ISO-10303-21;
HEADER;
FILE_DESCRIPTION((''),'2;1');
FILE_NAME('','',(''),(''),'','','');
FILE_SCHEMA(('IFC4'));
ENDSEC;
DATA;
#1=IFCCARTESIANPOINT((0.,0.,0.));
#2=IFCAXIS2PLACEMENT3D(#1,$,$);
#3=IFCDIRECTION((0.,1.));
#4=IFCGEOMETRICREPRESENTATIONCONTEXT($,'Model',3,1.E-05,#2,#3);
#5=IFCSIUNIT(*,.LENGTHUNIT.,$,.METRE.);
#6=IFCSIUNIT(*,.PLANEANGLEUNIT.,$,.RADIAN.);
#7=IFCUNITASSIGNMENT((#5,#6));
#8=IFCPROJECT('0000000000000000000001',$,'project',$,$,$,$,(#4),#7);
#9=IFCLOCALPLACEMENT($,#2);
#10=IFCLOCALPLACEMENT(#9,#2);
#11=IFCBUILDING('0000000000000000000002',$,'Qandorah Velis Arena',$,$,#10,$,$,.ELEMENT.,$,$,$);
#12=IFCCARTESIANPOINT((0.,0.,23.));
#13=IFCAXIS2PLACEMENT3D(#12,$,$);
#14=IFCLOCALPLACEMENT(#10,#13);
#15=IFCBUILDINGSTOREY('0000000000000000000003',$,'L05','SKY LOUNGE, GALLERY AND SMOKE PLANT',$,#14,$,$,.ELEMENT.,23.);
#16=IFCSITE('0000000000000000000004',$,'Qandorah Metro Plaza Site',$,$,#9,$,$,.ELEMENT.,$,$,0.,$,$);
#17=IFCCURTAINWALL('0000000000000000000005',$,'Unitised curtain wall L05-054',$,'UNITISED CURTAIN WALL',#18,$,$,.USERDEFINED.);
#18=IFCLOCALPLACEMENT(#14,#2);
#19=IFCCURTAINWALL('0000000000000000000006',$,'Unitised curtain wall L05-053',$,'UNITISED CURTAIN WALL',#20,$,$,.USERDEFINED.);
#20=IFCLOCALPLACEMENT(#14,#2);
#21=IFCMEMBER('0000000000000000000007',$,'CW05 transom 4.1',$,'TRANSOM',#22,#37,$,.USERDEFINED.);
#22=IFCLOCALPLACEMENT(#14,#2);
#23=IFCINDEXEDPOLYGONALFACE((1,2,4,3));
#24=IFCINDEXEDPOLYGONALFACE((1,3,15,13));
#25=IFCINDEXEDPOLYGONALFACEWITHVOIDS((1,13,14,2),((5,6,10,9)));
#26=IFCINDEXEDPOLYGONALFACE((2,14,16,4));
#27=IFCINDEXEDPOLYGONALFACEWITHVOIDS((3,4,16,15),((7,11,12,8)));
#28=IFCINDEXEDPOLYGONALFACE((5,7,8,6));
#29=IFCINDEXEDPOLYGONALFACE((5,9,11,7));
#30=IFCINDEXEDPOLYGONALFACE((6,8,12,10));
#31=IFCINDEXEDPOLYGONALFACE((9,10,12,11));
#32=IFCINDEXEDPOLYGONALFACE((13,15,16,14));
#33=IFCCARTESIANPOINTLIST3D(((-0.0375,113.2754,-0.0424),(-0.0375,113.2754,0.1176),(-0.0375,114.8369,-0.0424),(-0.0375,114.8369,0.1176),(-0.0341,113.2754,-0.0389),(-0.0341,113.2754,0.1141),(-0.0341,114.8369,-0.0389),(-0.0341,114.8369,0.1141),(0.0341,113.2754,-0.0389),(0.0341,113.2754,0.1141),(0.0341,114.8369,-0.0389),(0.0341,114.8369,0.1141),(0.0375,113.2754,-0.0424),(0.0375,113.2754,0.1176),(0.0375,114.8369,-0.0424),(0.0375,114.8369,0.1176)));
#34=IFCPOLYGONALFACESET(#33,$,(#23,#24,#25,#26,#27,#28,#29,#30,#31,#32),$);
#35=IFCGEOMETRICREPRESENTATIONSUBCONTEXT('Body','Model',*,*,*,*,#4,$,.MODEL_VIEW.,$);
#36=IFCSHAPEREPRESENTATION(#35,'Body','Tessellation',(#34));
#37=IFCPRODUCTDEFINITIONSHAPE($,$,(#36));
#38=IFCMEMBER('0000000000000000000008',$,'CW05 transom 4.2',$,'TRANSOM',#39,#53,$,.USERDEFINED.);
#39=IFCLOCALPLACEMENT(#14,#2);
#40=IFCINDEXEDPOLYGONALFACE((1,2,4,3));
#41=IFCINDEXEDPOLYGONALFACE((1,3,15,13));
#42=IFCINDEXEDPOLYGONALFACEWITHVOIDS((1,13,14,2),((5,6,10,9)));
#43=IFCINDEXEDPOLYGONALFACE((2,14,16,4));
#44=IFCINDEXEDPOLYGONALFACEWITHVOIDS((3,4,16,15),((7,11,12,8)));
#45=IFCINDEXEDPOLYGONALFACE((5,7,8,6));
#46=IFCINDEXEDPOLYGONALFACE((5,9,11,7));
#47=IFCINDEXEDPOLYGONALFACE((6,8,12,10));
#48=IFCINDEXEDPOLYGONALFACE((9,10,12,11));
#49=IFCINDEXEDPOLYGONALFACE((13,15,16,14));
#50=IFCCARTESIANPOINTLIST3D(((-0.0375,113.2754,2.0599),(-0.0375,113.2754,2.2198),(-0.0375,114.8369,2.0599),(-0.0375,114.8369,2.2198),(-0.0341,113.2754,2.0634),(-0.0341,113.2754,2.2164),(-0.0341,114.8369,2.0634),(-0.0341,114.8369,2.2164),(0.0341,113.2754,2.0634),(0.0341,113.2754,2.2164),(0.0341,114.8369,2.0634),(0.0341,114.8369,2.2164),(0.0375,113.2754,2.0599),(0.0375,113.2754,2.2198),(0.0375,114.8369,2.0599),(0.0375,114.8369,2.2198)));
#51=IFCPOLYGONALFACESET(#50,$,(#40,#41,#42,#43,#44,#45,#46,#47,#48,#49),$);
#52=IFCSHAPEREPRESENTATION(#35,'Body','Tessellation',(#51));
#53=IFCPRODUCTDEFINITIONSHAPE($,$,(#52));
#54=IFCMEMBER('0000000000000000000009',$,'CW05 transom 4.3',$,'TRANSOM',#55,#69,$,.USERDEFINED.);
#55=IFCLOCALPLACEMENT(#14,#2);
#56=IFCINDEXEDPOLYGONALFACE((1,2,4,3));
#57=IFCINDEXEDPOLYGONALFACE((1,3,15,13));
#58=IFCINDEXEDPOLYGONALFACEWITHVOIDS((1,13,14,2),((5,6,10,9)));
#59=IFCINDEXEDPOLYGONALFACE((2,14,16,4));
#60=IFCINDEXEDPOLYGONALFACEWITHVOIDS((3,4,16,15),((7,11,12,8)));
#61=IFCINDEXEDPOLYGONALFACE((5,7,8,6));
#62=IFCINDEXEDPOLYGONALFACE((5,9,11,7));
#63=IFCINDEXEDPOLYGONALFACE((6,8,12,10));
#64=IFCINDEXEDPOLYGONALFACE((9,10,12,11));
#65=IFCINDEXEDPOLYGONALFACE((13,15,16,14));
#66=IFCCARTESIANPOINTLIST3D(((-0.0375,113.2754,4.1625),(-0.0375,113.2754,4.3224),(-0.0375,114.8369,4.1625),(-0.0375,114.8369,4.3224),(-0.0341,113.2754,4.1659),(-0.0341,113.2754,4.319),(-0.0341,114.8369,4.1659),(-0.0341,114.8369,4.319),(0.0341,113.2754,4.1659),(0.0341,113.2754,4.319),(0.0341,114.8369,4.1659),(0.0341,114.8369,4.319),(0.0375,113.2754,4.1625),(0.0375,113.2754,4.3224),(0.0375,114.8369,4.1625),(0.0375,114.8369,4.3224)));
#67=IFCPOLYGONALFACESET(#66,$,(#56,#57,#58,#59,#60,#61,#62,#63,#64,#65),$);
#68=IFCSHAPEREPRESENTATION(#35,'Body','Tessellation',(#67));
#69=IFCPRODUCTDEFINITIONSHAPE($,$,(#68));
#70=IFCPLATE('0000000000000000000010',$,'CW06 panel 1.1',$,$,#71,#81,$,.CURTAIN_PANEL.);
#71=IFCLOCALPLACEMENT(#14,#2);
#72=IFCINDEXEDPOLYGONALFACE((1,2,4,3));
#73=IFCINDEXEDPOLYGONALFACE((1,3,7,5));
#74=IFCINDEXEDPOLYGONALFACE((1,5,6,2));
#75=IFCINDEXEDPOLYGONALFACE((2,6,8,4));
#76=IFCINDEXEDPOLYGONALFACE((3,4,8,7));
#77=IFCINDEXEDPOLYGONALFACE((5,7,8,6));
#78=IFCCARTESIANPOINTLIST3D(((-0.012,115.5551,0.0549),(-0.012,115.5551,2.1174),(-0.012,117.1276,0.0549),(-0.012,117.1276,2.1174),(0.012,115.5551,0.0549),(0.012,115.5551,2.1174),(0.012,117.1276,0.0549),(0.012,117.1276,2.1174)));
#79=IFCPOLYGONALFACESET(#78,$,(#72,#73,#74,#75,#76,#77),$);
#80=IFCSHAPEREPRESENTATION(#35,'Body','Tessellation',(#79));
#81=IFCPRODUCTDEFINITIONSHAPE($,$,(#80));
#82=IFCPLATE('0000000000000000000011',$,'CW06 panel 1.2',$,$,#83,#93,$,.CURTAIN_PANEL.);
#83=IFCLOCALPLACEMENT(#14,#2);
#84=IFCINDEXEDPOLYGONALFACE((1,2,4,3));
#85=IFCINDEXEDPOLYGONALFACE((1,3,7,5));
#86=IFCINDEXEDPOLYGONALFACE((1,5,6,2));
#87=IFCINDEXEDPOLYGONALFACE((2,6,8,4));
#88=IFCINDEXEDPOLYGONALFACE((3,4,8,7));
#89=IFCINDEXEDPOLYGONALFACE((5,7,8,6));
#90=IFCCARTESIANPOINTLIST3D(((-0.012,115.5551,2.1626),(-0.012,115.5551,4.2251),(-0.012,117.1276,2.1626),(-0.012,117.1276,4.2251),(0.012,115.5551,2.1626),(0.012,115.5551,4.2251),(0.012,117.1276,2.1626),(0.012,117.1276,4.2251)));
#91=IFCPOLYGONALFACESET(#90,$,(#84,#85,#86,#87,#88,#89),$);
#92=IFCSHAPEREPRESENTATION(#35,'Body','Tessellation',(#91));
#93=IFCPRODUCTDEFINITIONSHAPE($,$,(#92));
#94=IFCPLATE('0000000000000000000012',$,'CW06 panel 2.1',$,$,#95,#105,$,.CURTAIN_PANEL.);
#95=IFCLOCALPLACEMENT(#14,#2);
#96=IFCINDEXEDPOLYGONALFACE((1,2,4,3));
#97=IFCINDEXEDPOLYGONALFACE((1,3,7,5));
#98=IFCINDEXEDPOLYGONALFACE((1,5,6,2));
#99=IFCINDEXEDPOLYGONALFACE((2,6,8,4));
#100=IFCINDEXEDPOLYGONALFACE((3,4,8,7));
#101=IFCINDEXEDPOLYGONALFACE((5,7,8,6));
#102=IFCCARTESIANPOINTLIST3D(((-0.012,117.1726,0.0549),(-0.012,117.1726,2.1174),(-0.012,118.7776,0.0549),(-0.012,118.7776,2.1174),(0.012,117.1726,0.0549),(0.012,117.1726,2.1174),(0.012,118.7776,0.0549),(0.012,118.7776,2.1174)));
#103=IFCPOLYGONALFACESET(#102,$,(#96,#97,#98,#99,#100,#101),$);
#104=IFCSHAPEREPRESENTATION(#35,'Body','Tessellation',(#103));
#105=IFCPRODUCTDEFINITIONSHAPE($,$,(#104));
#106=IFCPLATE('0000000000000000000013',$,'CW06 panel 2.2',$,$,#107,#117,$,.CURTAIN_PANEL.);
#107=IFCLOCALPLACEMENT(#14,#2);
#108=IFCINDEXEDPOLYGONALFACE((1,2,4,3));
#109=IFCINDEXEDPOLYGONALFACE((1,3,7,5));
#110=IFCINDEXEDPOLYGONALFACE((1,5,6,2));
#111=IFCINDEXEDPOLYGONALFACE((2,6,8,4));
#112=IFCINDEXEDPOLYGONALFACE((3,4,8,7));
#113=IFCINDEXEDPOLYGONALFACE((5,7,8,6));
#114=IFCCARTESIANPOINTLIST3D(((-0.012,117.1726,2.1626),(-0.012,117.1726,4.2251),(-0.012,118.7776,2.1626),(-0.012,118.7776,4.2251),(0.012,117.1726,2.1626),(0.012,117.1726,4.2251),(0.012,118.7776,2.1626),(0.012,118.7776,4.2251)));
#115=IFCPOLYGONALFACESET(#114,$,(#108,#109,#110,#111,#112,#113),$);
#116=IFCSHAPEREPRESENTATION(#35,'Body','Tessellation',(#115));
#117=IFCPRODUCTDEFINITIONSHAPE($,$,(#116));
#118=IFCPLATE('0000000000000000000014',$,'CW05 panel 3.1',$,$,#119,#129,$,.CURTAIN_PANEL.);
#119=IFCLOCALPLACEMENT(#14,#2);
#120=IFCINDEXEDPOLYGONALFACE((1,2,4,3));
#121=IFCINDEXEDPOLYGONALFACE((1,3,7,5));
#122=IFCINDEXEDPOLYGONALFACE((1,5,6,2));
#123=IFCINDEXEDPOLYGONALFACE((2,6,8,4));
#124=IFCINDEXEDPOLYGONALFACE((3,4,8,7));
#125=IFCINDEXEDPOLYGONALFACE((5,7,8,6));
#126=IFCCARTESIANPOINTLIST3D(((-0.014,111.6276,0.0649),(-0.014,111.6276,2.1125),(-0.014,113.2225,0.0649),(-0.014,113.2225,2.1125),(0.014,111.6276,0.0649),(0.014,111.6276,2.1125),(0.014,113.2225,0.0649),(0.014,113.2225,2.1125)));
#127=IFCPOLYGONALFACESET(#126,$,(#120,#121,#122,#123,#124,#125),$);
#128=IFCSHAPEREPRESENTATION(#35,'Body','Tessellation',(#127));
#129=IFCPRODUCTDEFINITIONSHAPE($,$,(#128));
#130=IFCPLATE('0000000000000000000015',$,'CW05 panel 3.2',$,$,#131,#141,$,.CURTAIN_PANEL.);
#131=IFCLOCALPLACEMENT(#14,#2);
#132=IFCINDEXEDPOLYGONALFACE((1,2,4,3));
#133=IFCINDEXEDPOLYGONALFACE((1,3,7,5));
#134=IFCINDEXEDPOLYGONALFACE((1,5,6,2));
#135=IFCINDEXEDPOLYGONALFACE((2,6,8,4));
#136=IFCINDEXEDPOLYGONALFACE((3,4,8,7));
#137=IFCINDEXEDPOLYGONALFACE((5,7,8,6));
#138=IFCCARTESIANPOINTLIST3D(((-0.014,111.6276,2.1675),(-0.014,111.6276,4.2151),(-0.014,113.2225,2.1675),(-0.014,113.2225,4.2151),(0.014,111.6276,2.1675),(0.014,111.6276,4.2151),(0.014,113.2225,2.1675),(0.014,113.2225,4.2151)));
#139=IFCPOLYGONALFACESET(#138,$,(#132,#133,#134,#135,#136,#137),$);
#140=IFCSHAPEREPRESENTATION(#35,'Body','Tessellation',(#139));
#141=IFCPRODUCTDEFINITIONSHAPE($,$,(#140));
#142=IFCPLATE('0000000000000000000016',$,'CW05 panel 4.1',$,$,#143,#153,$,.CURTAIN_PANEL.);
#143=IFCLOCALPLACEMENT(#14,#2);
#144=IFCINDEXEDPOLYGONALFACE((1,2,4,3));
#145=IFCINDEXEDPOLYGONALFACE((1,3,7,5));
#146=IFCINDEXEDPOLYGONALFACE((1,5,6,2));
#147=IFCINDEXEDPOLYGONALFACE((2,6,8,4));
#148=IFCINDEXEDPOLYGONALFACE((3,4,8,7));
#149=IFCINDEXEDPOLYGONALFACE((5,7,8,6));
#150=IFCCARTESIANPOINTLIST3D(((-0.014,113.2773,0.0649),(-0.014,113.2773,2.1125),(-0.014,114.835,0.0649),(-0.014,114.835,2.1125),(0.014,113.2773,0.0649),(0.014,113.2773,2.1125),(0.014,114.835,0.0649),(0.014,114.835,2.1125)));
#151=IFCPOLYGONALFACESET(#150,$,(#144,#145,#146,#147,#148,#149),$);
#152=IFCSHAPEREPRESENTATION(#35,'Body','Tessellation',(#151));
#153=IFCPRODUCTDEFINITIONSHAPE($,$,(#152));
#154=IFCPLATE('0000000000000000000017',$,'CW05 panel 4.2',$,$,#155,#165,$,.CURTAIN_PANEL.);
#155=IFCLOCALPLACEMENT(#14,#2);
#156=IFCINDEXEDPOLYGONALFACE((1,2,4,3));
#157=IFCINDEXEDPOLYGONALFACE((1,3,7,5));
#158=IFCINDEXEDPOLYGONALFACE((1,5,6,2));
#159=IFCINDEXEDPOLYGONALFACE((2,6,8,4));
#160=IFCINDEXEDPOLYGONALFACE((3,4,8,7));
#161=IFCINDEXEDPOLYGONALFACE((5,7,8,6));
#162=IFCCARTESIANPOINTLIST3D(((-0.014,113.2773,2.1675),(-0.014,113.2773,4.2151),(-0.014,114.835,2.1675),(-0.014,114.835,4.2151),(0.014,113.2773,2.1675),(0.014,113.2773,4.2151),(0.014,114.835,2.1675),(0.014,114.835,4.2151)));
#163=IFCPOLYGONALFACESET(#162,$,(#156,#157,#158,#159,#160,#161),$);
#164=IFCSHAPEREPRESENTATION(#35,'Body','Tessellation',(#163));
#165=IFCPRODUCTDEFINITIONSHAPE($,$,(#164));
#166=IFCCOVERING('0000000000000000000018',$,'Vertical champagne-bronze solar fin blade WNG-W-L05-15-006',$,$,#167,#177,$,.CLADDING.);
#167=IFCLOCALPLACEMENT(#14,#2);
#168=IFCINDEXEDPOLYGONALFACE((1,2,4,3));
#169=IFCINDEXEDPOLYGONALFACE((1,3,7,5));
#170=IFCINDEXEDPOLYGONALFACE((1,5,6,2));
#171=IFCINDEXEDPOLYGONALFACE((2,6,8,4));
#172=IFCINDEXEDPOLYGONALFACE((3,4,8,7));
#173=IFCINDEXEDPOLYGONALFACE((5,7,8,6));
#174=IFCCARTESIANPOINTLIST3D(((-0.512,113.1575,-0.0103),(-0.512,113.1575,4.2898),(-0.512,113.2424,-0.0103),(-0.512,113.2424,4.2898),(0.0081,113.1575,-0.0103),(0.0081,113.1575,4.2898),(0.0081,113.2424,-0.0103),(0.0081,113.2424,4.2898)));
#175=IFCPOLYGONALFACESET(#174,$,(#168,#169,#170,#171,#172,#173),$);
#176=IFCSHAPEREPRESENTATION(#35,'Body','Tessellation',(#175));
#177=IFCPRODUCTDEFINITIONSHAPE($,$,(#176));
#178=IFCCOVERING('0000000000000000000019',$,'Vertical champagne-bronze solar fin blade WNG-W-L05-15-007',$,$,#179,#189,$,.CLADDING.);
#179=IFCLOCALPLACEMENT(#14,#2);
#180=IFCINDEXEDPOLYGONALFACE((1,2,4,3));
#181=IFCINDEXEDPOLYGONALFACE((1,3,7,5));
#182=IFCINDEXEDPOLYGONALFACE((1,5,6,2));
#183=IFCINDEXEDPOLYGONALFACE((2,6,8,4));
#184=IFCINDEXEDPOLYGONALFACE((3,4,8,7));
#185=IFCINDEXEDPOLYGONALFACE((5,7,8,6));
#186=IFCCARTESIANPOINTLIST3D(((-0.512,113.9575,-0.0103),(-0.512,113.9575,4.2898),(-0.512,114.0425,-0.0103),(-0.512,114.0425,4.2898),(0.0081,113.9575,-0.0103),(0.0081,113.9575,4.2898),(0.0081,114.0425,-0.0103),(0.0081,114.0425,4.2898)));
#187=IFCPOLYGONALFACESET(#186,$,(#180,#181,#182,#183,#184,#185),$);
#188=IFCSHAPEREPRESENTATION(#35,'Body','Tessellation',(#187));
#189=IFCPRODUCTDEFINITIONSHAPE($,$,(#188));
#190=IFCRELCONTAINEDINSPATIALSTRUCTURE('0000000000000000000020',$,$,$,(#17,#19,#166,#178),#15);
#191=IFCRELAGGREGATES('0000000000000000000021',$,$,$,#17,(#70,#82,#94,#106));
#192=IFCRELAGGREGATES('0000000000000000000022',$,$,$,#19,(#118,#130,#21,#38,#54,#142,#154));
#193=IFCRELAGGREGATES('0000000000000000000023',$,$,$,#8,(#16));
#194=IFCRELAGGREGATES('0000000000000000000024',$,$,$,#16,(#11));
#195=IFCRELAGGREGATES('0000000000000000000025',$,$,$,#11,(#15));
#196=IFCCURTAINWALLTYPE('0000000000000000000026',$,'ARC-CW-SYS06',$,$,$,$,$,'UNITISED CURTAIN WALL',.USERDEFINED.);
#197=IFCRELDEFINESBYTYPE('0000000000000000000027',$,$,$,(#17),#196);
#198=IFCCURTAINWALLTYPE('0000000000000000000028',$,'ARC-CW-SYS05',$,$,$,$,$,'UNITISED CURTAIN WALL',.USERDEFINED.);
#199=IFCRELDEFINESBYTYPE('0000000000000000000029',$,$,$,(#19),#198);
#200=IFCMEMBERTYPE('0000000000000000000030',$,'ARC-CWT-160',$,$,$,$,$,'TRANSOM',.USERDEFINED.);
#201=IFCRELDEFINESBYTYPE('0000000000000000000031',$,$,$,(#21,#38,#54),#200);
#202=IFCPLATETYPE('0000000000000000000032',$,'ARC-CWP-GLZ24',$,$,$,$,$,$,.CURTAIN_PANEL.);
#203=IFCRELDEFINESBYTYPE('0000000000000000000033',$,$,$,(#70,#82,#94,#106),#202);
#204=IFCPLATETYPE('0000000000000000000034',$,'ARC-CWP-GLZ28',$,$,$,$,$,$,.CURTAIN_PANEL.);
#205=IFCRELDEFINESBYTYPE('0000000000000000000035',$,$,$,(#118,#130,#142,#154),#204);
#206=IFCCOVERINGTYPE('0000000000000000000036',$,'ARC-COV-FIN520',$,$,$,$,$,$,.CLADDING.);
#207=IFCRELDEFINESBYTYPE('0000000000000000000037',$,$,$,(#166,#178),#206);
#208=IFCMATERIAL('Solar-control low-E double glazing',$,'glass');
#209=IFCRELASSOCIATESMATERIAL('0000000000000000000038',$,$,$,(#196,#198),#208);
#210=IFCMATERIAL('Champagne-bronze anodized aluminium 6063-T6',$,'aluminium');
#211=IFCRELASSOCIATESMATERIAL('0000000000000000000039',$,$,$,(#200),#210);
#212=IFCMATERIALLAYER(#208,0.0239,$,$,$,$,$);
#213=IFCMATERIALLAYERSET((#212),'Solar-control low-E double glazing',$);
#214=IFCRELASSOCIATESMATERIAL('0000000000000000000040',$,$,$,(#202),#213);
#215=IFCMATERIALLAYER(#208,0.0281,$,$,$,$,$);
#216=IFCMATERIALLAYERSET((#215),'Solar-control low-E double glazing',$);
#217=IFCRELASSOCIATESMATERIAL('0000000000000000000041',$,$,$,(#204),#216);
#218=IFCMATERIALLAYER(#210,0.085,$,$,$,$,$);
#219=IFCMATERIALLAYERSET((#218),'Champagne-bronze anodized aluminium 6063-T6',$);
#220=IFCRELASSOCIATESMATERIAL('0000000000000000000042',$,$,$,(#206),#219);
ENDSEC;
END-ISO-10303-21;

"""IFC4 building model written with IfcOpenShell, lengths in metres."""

from ifc_helpers import new_model, si_unit, direction, frame, origin, origin_2d, place, context, subcontext, project, spatial, rectangle, hollow_rectangle, extrude, material, layer, layer_set, material_profile, profile_set, type_object, element, aggregate, save


model = new_model("IFC4")

# Units and contexts
model_context = context("Model", 3, precision=1e-05, world=origin(), true_north=direction((0.0, 1.0)))
body_context = subcontext(model_context, "Body", "Model", "MODEL_VIEW")
ifc_project = project(units=[si_unit("LENGTHUNIT", "METRE"), si_unit("PLANEANGLEUNIT", "RADIAN")], contexts=[model_context])

# Site, building, storey
site_placement = place(None, origin())
site = spatial("IfcSite", under=ifc_project, at=site_placement, Name="Qandorah Metro Plaza Site", CompositionType="ELEMENT", RefElevation=0.0)
building_placement = place(site_placement, origin())
building = spatial("IfcBuilding", under=site, at=building_placement, Name="Qandorah Velis Arena", CompositionType="ELEMENT")
storey_placement = place(building_placement, frame((0.0, 0.0, 23.0)))
storey = spatial("IfcBuildingStorey", under=building, at=storey_placement, Name="L05", Description="SKY LOUNGE, GALLERY AND SMOKE PLANT", CompositionType="ELEMENT", Elevation=23.0)

# Curtain walls
ifc_material_1 = material(Name="Solar-control low-E double glazing", Category="glass")
curtain_wall_type_1 = type_object("IfcCurtainWallType", Name="ARC-CW-SYS06", ElementType="UNITISED CURTAIN WALL", PredefinedType="USERDEFINED", material=ifc_material_1)
curtain_wall_1_placement = place(storey_placement, origin())
curtain_wall_1 = element("IfcCurtainWall", 1, at=curtain_wall_1_placement, inside=storey, type_object=curtain_wall_type_1, Name="Unitised curtain wall L05-054", ObjectType="UNITISED CURTAIN WALL", PredefinedType="USERDEFINED")
ifc_material_2 = material(Name="Champagne-bronze anodized aluminium 6063-T6", Category="aluminium")
curtain_wall_type_2 = type_object("IfcCurtainWallType", Name="ARC-CW-SYS05", ElementType="UNITISED CURTAIN WALL", PredefinedType="USERDEFINED", material=ifc_material_1)
curtain_wall_2_placement = place(storey_placement, origin())
curtain_wall_2 = element("IfcCurtainWall", 2, at=curtain_wall_2_placement, inside=storey, type_object=curtain_wall_type_2, Name="Unitised curtain wall L05-053", ObjectType="UNITISED CURTAIN WALL", PredefinedType="USERDEFINED")

# Members
ifc_material_profile_1 = material_profile(ifc_material_2, hollow_rectangle(XDim=0.075, YDim=0.1599, WallThickness=0.0034, at=origin_2d()), Name="ALU TRANSOM 75x160")
ifc_profile_set_1 = profile_set([ifc_material_profile_1], Name="Champagne-bronze anodized aluminium 6063-T6")
member_type_1 = type_object("IfcMemberType", Name="ARC-CWT-160", ElementType="TRANSOM", PredefinedType="USERDEFINED", material=ifc_profile_set_1)
member_1_placement = place(storey_placement, frame((0.0, 113.2754, 0.0376), z_axis=(0.0, 1.0, 0.0), x_axis=(-1.0, 0.0, 0.0)))
member_1 = element("IfcMember", 3, at=member_1_placement, type_object=member_type_1, Name="CW05 transom 4.1", ObjectType="TRANSOM", PredefinedType="USERDEFINED", context=body_context, shape_type="SweptSolid", body=[
    extrude(hollow_rectangle(XDim=0.075, YDim=0.1599, WallThickness=0.0034, at=origin_2d()), origin(), (0.0, 0.0, 1.0), 1.5615),
])
member_2_placement = place(storey_placement, frame((0.0, 113.2754, 2.1399), z_axis=(0.0, 1.0, 0.0), x_axis=(-1.0, 0.0, 0.0)))
member_2 = element("IfcMember", 4, at=member_2_placement, type_object=member_type_1, Name="CW05 transom 4.2", ObjectType="TRANSOM", PredefinedType="USERDEFINED", context=body_context, shape_type="SweptSolid", body=[
    extrude(hollow_rectangle(XDim=0.075, YDim=0.1599, WallThickness=0.0034, at=origin_2d()), origin(), (0.0, 0.0, 1.0), 1.5615),
])
member_3_placement = place(storey_placement, frame((0.0, 113.2754, 4.2424), z_axis=(0.0, 1.0, 0.0), x_axis=(-1.0, 0.0, 0.0)))
member_3 = element("IfcMember", 5, at=member_3_placement, type_object=member_type_1, Name="CW05 transom 4.3", ObjectType="TRANSOM", PredefinedType="USERDEFINED", context=body_context, shape_type="SweptSolid", body=[
    extrude(hollow_rectangle(XDim=0.075, YDim=0.1599, WallThickness=0.0034, at=origin_2d()), origin(), (0.0, 0.0, 1.0), 1.5615),
])

# Plates
ifc_layer_1 = layer(ifc_material_1, 0.0239)
ifc_layer_set_1 = layer_set([ifc_layer_1], Name="Solar-control low-E double glazing")
plate_type_1 = type_object("IfcPlateType", Name="ARC-CWP-GLZ24", PredefinedType="CURTAIN_PANEL", material=ifc_layer_set_1)
plate_1_placement = place(storey_placement, frame((0.0, 116.3413, 0.0549), z_axis=(0.0, 0.0, 1.0), x_axis=(0.0, 1.0, 0.0)))
plate_1 = element("IfcPlate", 6, at=plate_1_placement, type_object=plate_type_1, Name="CW06 panel 1.1", PredefinedType="CURTAIN_PANEL", context=body_context, shape_type="SweptSolid", body=[
    extrude(rectangle(XDim=1.5725, YDim=0.0239, at=origin_2d()), origin(), (0.0, 0.0, 1.0), 2.0625),
])
plate_2_placement = place(storey_placement, frame((0.0, 116.3413, 2.1626), z_axis=(0.0, 0.0, 1.0), x_axis=(0.0, 1.0, 0.0)))
plate_2 = element("IfcPlate", 7, at=plate_2_placement, type_object=plate_type_1, Name="CW06 panel 1.2", PredefinedType="CURTAIN_PANEL", context=body_context, shape_type="SweptSolid", body=[
    extrude(rectangle(XDim=1.5725, YDim=0.0239, at=origin_2d()), origin(), (0.0, 0.0, 1.0), 2.0625),
])
plate_3_placement = place(storey_placement, frame((0.0, 117.9751, 0.0549), z_axis=(0.0, 0.0, 1.0), x_axis=(0.0, 1.0, 0.0)))
plate_3 = element("IfcPlate", 8, at=plate_3_placement, type_object=plate_type_1, Name="CW06 panel 2.1", PredefinedType="CURTAIN_PANEL", context=body_context, shape_type="SweptSolid", body=[
    extrude(rectangle(XDim=1.605, YDim=0.0239, at=origin_2d()), origin(), (0.0, 0.0, 1.0), 2.0625),
])
plate_4_placement = place(storey_placement, frame((0.0, 117.9751, 2.1626), z_axis=(0.0, 0.0, 1.0), x_axis=(0.0, 1.0, 0.0)))
plate_4 = element("IfcPlate", 9, at=plate_4_placement, type_object=plate_type_1, Name="CW06 panel 2.2", PredefinedType="CURTAIN_PANEL", context=body_context, shape_type="SweptSolid", body=[
    extrude(rectangle(XDim=1.605, YDim=0.0239, at=origin_2d()), origin(), (0.0, 0.0, 1.0), 2.0625),
])
aggregate(curtain_wall_1, [plate_1, plate_2, plate_3, plate_4])
ifc_layer_2 = layer(ifc_material_1, 0.0281)
ifc_layer_set_2 = layer_set([ifc_layer_2], Name="Solar-control low-E double glazing")
plate_type_2 = type_object("IfcPlateType", Name="ARC-CWP-GLZ28", PredefinedType="CURTAIN_PANEL", material=ifc_layer_set_2)
plate_5_placement = place(storey_placement, frame((0.0, 112.425, 0.0649), z_axis=(0.0, 0.0, 1.0), x_axis=(0.0, 1.0, 0.0)))
plate_5 = element("IfcPlate", 10, at=plate_5_placement, type_object=plate_type_2, Name="CW05 panel 3.1", PredefinedType="CURTAIN_PANEL", context=body_context, shape_type="SweptSolid", body=[
    extrude(rectangle(XDim=1.595, YDim=0.0281, at=origin_2d()), origin(), (0.0, 0.0, 1.0), 2.0476),
])
plate_6_placement = place(storey_placement, frame((0.0, 112.425, 2.1675), z_axis=(0.0, 0.0, 1.0), x_axis=(0.0, 1.0, 0.0)))
plate_6 = element("IfcPlate", 11, at=plate_6_placement, type_object=plate_type_2, Name="CW05 panel 3.2", PredefinedType="CURTAIN_PANEL", context=body_context, shape_type="SweptSolid", body=[
    extrude(rectangle(XDim=1.595, YDim=0.0281, at=origin_2d()), origin(), (0.0, 0.0, 1.0), 2.0476),
])
plate_7_placement = place(storey_placement, frame((0.0, 114.0562, 0.0649), z_axis=(0.0, 0.0, 1.0), x_axis=(0.0, 1.0, 0.0)))
plate_7 = element("IfcPlate", 12, at=plate_7_placement, type_object=plate_type_2, Name="CW05 panel 4.1", PredefinedType="CURTAIN_PANEL", context=body_context, shape_type="SweptSolid", body=[
    extrude(rectangle(XDim=1.5576, YDim=0.0281, at=origin_2d()), origin(), (0.0, 0.0, 1.0), 2.0476),
])
plate_8_placement = place(storey_placement, frame((0.0, 114.0562, 2.1675), z_axis=(0.0, 0.0, 1.0), x_axis=(0.0, 1.0, 0.0)))
plate_8 = element("IfcPlate", 13, at=plate_8_placement, type_object=plate_type_2, Name="CW05 panel 4.2", PredefinedType="CURTAIN_PANEL", context=body_context, shape_type="SweptSolid", body=[
    extrude(rectangle(XDim=1.5576, YDim=0.0281, at=origin_2d()), origin(), (0.0, 0.0, 1.0), 2.0476),
])
aggregate(curtain_wall_2, [plate_5, plate_6, member_1, member_2, member_3, plate_7, plate_8])

# Coverings
ifc_layer_3 = layer(ifc_material_2, 0.085)
ifc_layer_set_3 = layer_set([ifc_layer_3], Name="Champagne-bronze anodized aluminium 6063-T6")
covering_type = type_object("IfcCoveringType", Name="ARC-COV-FIN520", PredefinedType="CLADDING", material=ifc_layer_set_3)
for number, where, z_axis, x_axis, name in (
    (14, (-0.252, 113.2, -0.0103), (0.0, 0.0, 1.0), (1.0, 0.0, 0.0), "Vertical champagne-bronze solar fin blade WNG-W-L05-15-006"),
    (15, (-0.252, 114.0, -0.0103), (0.0, 0.0, 1.0), (1.0, 0.0, 0.0), "Vertical champagne-bronze solar fin blade WNG-W-L05-15-007"),
):
    element("IfcCovering", number, at=place(storey_placement, frame(where, z_axis=z_axis, x_axis=x_axis)), inside=storey, type_object=covering_type, Name=name, PredefinedType="CLADDING", context=body_context, shape_type="SweptSolid", body=[
        extrude(rectangle(XDim=0.52, YDim=0.085, at=origin_2d()), origin(), (0.0, 0.0, 1.0), 4.3),
    ])

save(model, "model.ifc")
